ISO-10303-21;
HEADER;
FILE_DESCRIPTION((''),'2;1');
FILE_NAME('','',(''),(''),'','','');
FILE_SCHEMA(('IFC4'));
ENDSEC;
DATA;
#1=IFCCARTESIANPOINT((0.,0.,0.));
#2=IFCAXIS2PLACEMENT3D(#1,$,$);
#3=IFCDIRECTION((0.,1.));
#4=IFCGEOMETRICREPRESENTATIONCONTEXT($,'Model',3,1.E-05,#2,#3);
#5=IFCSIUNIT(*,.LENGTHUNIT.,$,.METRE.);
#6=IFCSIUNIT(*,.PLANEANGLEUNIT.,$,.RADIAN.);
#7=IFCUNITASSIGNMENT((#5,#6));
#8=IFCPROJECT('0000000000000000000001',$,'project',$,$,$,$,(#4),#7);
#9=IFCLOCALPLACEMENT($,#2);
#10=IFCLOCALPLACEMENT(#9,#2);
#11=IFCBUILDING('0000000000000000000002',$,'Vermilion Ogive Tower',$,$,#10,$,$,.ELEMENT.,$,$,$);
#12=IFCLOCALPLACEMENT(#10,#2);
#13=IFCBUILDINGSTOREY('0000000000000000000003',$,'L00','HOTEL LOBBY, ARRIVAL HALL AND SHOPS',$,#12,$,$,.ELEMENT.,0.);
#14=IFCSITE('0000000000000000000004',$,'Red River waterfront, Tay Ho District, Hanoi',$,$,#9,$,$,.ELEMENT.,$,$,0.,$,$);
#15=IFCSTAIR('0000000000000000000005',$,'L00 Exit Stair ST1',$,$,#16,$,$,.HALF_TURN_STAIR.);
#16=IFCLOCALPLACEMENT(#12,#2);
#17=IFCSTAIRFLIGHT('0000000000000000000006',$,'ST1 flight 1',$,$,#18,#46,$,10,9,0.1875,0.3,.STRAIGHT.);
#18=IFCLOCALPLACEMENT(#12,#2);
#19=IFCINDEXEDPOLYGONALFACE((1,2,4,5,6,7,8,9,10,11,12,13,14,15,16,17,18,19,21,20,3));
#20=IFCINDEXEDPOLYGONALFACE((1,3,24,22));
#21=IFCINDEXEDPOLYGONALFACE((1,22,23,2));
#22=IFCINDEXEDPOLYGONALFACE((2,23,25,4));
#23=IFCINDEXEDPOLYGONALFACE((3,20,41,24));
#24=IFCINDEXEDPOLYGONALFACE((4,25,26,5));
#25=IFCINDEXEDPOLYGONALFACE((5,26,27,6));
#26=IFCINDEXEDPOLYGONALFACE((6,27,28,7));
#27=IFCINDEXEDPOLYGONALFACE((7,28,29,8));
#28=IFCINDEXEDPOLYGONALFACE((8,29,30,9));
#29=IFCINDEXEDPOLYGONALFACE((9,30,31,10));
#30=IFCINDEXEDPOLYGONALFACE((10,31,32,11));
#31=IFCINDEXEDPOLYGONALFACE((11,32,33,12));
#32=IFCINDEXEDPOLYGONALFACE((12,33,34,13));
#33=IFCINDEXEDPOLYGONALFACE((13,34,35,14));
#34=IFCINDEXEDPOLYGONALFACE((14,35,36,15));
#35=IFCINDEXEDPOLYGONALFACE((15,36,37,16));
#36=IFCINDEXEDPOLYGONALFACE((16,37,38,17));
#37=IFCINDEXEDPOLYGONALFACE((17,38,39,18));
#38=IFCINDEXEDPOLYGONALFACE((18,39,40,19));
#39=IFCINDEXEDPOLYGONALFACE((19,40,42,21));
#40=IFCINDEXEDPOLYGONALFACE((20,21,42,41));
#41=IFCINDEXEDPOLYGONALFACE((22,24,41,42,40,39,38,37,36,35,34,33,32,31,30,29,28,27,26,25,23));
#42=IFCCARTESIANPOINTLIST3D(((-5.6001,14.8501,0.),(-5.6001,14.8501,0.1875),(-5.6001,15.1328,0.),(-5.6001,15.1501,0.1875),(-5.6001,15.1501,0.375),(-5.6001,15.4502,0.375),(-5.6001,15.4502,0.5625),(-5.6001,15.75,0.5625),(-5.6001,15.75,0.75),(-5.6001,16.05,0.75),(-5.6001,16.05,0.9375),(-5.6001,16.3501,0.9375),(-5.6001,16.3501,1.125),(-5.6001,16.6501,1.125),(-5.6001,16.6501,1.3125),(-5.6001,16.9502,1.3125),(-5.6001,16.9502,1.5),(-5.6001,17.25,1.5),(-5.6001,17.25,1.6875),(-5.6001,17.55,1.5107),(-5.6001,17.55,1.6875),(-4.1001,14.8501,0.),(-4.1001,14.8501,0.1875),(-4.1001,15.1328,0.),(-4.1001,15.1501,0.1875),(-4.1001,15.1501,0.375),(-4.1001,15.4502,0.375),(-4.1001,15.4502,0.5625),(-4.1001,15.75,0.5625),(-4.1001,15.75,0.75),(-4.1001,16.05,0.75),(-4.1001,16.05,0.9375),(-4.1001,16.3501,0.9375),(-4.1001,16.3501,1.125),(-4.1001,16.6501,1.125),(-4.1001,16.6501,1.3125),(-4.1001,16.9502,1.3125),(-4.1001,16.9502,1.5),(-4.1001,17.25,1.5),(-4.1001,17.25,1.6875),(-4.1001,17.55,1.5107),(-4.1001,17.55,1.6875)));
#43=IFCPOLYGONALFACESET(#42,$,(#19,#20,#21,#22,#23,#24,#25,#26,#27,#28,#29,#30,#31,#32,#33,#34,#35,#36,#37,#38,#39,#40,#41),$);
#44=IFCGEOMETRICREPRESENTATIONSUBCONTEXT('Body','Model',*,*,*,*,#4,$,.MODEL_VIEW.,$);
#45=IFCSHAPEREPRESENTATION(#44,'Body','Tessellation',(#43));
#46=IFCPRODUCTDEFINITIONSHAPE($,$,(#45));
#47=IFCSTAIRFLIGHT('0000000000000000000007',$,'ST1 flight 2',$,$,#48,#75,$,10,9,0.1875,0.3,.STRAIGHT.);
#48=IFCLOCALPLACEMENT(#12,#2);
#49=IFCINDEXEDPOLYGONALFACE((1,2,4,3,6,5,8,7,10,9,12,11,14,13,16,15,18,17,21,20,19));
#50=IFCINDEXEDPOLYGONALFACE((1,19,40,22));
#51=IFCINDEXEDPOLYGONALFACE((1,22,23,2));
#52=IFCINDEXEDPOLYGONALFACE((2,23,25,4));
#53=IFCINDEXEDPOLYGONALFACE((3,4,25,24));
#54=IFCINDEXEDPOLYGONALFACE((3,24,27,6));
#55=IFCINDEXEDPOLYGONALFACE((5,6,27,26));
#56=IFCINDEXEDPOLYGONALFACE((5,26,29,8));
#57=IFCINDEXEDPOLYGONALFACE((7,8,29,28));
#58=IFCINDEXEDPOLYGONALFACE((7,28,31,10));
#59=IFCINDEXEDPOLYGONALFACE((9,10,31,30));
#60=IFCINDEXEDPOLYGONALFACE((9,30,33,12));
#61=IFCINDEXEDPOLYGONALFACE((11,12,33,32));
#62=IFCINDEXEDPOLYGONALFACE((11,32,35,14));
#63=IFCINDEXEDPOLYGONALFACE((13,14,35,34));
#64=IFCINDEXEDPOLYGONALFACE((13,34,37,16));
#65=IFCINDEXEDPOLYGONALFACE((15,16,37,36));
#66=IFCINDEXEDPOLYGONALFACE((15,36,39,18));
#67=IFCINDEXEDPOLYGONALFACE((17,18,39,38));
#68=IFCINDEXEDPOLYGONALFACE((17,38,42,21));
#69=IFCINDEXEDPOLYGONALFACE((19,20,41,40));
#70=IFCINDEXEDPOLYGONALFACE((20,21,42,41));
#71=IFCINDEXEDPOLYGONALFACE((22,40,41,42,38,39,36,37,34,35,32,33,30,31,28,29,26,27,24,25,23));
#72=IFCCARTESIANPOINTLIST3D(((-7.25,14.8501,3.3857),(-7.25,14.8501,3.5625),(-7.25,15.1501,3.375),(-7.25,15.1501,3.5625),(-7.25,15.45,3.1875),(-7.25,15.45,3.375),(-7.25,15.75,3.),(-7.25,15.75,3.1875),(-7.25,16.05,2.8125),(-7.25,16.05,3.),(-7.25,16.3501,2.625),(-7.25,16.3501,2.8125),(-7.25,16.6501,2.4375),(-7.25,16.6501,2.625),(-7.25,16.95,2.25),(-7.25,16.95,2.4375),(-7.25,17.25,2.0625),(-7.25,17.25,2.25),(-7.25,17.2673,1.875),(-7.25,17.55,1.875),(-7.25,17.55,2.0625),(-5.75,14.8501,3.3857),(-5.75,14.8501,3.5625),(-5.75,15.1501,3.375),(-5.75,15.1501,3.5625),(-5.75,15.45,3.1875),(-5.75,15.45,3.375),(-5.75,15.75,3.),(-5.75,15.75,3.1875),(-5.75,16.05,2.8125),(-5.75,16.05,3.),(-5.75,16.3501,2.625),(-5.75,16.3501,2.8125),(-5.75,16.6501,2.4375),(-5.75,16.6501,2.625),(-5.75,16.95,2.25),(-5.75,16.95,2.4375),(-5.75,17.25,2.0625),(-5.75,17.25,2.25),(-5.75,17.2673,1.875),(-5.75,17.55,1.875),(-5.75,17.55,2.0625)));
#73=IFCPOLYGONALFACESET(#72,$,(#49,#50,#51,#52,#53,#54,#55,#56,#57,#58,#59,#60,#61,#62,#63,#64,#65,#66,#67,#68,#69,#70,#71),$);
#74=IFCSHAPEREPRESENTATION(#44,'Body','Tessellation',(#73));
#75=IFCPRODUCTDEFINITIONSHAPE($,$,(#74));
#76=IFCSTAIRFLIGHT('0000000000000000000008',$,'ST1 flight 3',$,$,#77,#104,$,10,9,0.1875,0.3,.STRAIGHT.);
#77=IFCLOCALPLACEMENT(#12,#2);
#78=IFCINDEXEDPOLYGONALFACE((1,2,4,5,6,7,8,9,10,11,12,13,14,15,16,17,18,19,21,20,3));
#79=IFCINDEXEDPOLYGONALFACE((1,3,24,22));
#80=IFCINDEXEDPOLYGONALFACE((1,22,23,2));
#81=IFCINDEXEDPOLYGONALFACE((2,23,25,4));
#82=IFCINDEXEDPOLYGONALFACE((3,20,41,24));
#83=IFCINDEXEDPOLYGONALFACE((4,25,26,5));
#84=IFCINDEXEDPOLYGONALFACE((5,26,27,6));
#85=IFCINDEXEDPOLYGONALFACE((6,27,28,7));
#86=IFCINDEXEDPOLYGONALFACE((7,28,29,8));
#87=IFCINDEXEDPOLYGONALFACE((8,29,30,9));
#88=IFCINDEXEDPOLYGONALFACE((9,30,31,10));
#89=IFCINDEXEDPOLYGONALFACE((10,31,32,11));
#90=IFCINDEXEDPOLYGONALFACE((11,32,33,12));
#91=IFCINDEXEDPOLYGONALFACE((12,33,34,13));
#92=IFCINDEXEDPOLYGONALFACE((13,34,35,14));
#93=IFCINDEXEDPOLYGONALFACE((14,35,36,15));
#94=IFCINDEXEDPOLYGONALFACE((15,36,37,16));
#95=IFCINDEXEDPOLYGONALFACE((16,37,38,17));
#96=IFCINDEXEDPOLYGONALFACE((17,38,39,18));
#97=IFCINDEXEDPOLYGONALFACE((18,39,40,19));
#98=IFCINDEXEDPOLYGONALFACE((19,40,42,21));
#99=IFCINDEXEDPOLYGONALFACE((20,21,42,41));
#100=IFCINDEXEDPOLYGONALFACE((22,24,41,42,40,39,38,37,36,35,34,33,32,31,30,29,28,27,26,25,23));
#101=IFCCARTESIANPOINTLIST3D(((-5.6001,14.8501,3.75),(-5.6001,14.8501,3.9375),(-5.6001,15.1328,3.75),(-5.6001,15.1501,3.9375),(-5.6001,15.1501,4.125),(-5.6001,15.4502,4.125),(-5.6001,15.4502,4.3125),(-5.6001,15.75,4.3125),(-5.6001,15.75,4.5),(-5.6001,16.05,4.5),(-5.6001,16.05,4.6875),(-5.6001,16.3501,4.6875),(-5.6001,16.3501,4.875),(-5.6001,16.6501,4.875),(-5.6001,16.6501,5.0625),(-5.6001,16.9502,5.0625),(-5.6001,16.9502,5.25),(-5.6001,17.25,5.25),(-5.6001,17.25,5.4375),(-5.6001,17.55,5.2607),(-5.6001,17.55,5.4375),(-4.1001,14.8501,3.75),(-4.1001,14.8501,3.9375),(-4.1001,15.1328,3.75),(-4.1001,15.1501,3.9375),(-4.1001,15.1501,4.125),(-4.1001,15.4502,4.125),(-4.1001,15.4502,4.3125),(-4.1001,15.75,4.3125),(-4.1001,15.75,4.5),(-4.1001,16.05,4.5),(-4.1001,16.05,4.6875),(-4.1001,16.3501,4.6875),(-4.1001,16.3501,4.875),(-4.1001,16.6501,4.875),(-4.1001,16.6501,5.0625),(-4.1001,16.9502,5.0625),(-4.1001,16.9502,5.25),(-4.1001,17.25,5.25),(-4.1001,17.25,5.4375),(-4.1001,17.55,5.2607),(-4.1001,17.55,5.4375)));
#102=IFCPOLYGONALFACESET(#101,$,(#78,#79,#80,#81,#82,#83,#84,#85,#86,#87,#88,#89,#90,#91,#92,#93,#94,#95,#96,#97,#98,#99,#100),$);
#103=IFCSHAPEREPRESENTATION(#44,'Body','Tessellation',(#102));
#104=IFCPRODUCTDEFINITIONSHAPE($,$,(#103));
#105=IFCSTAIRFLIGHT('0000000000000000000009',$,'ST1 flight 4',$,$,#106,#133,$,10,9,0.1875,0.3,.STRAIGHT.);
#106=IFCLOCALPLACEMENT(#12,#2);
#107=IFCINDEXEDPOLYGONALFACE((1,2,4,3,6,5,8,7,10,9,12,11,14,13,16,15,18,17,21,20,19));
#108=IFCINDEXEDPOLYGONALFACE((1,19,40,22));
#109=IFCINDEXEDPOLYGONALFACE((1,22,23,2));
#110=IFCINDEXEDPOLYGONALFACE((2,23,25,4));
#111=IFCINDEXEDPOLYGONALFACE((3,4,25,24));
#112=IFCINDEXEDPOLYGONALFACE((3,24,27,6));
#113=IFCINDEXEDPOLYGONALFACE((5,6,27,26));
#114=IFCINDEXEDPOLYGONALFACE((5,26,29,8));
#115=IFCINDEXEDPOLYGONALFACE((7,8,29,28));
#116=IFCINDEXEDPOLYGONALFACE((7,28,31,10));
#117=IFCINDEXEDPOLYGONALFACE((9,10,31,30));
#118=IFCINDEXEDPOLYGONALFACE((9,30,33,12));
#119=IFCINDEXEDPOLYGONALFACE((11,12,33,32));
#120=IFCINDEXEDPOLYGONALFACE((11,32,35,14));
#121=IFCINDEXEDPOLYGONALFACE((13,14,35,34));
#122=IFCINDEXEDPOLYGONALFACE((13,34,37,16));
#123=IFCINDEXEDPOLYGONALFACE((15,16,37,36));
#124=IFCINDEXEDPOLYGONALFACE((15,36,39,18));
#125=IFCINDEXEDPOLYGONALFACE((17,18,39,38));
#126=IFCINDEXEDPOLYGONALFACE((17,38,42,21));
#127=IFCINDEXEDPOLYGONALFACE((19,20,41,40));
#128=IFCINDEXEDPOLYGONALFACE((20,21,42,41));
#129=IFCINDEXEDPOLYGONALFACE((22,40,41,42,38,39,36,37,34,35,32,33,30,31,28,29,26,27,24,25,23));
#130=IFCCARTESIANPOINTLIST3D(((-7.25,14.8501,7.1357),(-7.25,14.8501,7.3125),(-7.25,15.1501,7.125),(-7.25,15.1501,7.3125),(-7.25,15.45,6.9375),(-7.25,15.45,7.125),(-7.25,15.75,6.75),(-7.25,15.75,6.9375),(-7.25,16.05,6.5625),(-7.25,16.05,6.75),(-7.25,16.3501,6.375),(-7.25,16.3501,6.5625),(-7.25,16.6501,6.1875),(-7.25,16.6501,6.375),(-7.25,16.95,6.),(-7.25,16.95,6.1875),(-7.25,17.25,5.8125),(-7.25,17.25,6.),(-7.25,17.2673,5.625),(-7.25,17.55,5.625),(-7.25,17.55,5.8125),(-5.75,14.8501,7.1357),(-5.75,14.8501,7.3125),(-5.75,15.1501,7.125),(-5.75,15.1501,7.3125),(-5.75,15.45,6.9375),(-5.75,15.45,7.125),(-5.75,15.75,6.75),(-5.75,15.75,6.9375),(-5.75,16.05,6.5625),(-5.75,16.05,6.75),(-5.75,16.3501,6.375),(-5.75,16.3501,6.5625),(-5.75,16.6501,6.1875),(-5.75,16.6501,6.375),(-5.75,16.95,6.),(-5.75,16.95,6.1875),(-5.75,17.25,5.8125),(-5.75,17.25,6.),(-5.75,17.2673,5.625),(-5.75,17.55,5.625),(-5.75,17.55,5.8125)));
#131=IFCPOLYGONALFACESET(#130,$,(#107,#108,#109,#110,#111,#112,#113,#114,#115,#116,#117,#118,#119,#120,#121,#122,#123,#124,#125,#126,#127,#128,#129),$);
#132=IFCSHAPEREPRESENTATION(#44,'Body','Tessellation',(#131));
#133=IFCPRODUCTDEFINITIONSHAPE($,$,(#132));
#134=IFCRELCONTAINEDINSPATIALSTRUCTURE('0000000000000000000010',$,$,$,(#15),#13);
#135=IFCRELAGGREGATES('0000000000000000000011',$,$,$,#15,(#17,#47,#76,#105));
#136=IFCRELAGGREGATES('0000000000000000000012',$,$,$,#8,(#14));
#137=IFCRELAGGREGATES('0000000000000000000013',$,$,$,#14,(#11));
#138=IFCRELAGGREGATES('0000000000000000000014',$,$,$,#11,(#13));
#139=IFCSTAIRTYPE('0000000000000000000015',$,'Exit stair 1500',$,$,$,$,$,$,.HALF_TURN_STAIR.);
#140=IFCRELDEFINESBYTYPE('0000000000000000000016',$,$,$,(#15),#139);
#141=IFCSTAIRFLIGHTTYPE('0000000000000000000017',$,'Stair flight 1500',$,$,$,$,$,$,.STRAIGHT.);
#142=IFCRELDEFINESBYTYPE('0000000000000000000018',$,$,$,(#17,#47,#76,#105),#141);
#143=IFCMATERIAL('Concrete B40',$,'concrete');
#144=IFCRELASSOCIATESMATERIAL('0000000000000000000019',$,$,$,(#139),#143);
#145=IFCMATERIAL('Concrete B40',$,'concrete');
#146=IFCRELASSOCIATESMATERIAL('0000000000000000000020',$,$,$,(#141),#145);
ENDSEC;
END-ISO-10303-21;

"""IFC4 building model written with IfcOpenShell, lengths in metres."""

from ifc_helpers import new_model, si_unit, direction, frame, origin, place, context, subcontext, project, spatial, polyline, outline, extrude, material, type_object, element, aggregate, save


model = new_model("IFC4")

# Units and contexts
model_context = context("Model", 3, precision=1e-05, world=origin(), true_north=direction((0.0, 1.0)))
body_context = subcontext(model_context, "Body", "Model", "MODEL_VIEW")
ifc_project = project(units=[si_unit("LENGTHUNIT", "METRE"), si_unit("PLANEANGLEUNIT", "RADIAN")], contexts=[model_context])

# Site, building, storey
site_placement = place(None, origin())
site = spatial("IfcSite", under=ifc_project, at=site_placement, Name="Red River waterfront, Tay Ho District, Hanoi", CompositionType="ELEMENT", RefElevation=0.0)
building_placement = place(site_placement, origin())
building = spatial("IfcBuilding", under=site, at=building_placement, Name="Vermilion Ogive Tower", CompositionType="ELEMENT")
storey_placement = place(building_placement, origin())
storey = spatial("IfcBuildingStorey", under=building, at=storey_placement, Name="L00", Description="HOTEL LOBBY, ARRIVAL HALL AND SHOPS", CompositionType="ELEMENT", Elevation=0.0)

# Stair, stair flights
ifc_material_1 = material(Name="Concrete B40", Category="concrete")
stair_type = type_object("IfcStairType", Name="Exit stair 1500", PredefinedType="HALF_TURN_STAIR", material=ifc_material_1)
stair_placement = place(storey_placement, origin())
stair = element("IfcStair", 1, at=stair_placement, inside=storey, type_object=stair_type, Name="L00 Exit Stair ST1", PredefinedType="HALF_TURN_STAIR")
ifc_material_2 = material(Name="Concrete B40", Category="concrete")
stair_flight_type = type_object("IfcStairFlightType", Name="Stair flight 1500", PredefinedType="STRAIGHT", material=ifc_material_2)
stair_flight_1_placement = place(storey_placement, frame((-4.8501, 14.8501, 0.0), z_axis=(0.0, 0.0, 1.0), x_axis=(0.0, 1.0, 0.0)))
stair_flight_1 = element("IfcStairFlight", 2, at=stair_flight_1_placement, type_object=stair_flight_type, Name="ST1 flight 1", NumberOfRisers=10, NumberOfTreads=9, PredefinedType="STRAIGHT", RiserHeight=0.1875, TreadLength=0.3, context=body_context, shape_type="SweptSolid", body=[
    extrude(outline(polyline([(0.0, 0.0), (0.0, 0.1875), (0.3, 0.1875), (0.3, 0.375), (0.6001, 0.375), (0.6001, 0.5625), (0.8999, 0.5625), (0.8999, 0.75), (1.2, 0.75), (1.2, 0.9375), (1.5, 0.9375), (1.5, 1.125), (1.8, 1.125), (1.8, 1.3125), (2.1001, 1.3125), (2.1001, 1.5), (2.3999, 1.5), (2.3999, 1.6875), (2.7, 1.6875), (2.7, 1.875), (2.7, 1.5107), (0.2827, 0.0), (0.0, 0.0)])), frame((0.0, 0.75, 0.0), z_axis=(0.0, -1.0, 0.0), x_axis=(1.0, 0.0, 0.0)), (0.0, 0.0, 1.0), 1.5),
])
stair_flight_2_placement = place(storey_placement, frame((-6.5, 17.55, 1.875), z_axis=(0.0, 0.0, 1.0), x_axis=(0.0, -1.0, 0.0)))
stair_flight_2 = element("IfcStairFlight", 3, at=stair_flight_2_placement, type_object=stair_flight_type, Name="ST1 flight 2", NumberOfRisers=10, NumberOfTreads=9, PredefinedType="STRAIGHT", RiserHeight=0.1875, TreadLength=0.3, context=body_context, shape_type="SweptSolid", body=[
    extrude(outline(polyline([(0.0, 0.0), (0.0, 0.1875), (0.3, 0.1875), (0.3, 0.375), (0.6001, 0.375), (0.6001, 0.5625), (0.8999, 0.5625), (0.8999, 0.75), (1.2, 0.75), (1.2, 0.9375), (1.5, 0.9375), (1.5, 1.125), (1.8, 1.125), (1.8, 1.3125), (2.1001, 1.3125), (2.1001, 1.5), (2.3999, 1.5), (2.3999, 1.6875), (2.7, 1.6875), (2.7, 1.875), (2.7, 1.5107), (0.2827, 0.0), (0.0, 0.0)])), frame((0.0, 0.75, 0.0), z_axis=(0.0, -1.0, 0.0), x_axis=(1.0, 0.0, 0.0)), (0.0, 0.0, 1.0), 1.5),
])
stair_flight_3_placement = place(storey_placement, frame((-4.8501, 14.8501, 3.75), z_axis=(0.0, 0.0, 1.0), x_axis=(0.0, 1.0, 0.0)))
stair_flight_3 = element("IfcStairFlight", 4, at=stair_flight_3_placement, type_object=stair_flight_type, Name="ST1 flight 3", NumberOfRisers=10, NumberOfTreads=9, PredefinedType="STRAIGHT", RiserHeight=0.1875, TreadLength=0.3, context=body_context, shape_type="SweptSolid", body=[
    extrude(outline(polyline([(0.0, 0.0), (0.0, 0.1875), (0.3, 0.1875), (0.3, 0.375), (0.6001, 0.375), (0.6001, 0.5625), (0.8999, 0.5625), (0.8999, 0.75), (1.2, 0.75), (1.2, 0.9375), (1.5, 0.9375), (1.5, 1.125), (1.8, 1.125), (1.8, 1.3125), (2.1001, 1.3125), (2.1001, 1.5), (2.3999, 1.5), (2.3999, 1.6875), (2.7, 1.6875), (2.7, 1.875), (2.7, 1.5107), (0.2827, 0.0), (0.0, 0.0)])), frame((0.0, 0.75, 0.0), z_axis=(0.0, -1.0, 0.0), x_axis=(1.0, 0.0, 0.0)), (0.0, 0.0, 1.0), 1.5),
])
stair_flight_4_placement = place(storey_placement, frame((-6.5, 17.55, 5.625), z_axis=(0.0, 0.0, 1.0), x_axis=(0.0, -1.0, 0.0)))
stair_flight_4 = element("IfcStairFlight", 5, at=stair_flight_4_placement, type_object=stair_flight_type, Name="ST1 flight 4", NumberOfRisers=10, NumberOfTreads=9, PredefinedType="STRAIGHT", RiserHeight=0.1875, TreadLength=0.3, context=body_context, shape_type="SweptSolid", body=[
    extrude(outline(polyline([(0.0, 0.0), (0.0, 0.1875), (0.3, 0.1875), (0.3, 0.375), (0.6001, 0.375), (0.6001, 0.5625), (0.8999, 0.5625), (0.8999, 0.75), (1.2, 0.75), (1.2, 0.9375), (1.5, 0.9375), (1.5, 1.125), (1.8, 1.125), (1.8, 1.3125), (2.1001, 1.3125), (2.1001, 1.5), (2.3999, 1.5), (2.3999, 1.6875), (2.7, 1.6875), (2.7, 1.875), (2.7, 1.5107), (0.2827, 0.0), (0.0, 0.0)])), frame((0.0, 0.75, 0.0), z_axis=(0.0, -1.0, 0.0), x_axis=(1.0, 0.0, 0.0)), (0.0, 0.0, 1.0), 1.5),
])
aggregate(stair, [stair_flight_1, stair_flight_2, stair_flight_3, stair_flight_4])

save(model, "model.ifc")
